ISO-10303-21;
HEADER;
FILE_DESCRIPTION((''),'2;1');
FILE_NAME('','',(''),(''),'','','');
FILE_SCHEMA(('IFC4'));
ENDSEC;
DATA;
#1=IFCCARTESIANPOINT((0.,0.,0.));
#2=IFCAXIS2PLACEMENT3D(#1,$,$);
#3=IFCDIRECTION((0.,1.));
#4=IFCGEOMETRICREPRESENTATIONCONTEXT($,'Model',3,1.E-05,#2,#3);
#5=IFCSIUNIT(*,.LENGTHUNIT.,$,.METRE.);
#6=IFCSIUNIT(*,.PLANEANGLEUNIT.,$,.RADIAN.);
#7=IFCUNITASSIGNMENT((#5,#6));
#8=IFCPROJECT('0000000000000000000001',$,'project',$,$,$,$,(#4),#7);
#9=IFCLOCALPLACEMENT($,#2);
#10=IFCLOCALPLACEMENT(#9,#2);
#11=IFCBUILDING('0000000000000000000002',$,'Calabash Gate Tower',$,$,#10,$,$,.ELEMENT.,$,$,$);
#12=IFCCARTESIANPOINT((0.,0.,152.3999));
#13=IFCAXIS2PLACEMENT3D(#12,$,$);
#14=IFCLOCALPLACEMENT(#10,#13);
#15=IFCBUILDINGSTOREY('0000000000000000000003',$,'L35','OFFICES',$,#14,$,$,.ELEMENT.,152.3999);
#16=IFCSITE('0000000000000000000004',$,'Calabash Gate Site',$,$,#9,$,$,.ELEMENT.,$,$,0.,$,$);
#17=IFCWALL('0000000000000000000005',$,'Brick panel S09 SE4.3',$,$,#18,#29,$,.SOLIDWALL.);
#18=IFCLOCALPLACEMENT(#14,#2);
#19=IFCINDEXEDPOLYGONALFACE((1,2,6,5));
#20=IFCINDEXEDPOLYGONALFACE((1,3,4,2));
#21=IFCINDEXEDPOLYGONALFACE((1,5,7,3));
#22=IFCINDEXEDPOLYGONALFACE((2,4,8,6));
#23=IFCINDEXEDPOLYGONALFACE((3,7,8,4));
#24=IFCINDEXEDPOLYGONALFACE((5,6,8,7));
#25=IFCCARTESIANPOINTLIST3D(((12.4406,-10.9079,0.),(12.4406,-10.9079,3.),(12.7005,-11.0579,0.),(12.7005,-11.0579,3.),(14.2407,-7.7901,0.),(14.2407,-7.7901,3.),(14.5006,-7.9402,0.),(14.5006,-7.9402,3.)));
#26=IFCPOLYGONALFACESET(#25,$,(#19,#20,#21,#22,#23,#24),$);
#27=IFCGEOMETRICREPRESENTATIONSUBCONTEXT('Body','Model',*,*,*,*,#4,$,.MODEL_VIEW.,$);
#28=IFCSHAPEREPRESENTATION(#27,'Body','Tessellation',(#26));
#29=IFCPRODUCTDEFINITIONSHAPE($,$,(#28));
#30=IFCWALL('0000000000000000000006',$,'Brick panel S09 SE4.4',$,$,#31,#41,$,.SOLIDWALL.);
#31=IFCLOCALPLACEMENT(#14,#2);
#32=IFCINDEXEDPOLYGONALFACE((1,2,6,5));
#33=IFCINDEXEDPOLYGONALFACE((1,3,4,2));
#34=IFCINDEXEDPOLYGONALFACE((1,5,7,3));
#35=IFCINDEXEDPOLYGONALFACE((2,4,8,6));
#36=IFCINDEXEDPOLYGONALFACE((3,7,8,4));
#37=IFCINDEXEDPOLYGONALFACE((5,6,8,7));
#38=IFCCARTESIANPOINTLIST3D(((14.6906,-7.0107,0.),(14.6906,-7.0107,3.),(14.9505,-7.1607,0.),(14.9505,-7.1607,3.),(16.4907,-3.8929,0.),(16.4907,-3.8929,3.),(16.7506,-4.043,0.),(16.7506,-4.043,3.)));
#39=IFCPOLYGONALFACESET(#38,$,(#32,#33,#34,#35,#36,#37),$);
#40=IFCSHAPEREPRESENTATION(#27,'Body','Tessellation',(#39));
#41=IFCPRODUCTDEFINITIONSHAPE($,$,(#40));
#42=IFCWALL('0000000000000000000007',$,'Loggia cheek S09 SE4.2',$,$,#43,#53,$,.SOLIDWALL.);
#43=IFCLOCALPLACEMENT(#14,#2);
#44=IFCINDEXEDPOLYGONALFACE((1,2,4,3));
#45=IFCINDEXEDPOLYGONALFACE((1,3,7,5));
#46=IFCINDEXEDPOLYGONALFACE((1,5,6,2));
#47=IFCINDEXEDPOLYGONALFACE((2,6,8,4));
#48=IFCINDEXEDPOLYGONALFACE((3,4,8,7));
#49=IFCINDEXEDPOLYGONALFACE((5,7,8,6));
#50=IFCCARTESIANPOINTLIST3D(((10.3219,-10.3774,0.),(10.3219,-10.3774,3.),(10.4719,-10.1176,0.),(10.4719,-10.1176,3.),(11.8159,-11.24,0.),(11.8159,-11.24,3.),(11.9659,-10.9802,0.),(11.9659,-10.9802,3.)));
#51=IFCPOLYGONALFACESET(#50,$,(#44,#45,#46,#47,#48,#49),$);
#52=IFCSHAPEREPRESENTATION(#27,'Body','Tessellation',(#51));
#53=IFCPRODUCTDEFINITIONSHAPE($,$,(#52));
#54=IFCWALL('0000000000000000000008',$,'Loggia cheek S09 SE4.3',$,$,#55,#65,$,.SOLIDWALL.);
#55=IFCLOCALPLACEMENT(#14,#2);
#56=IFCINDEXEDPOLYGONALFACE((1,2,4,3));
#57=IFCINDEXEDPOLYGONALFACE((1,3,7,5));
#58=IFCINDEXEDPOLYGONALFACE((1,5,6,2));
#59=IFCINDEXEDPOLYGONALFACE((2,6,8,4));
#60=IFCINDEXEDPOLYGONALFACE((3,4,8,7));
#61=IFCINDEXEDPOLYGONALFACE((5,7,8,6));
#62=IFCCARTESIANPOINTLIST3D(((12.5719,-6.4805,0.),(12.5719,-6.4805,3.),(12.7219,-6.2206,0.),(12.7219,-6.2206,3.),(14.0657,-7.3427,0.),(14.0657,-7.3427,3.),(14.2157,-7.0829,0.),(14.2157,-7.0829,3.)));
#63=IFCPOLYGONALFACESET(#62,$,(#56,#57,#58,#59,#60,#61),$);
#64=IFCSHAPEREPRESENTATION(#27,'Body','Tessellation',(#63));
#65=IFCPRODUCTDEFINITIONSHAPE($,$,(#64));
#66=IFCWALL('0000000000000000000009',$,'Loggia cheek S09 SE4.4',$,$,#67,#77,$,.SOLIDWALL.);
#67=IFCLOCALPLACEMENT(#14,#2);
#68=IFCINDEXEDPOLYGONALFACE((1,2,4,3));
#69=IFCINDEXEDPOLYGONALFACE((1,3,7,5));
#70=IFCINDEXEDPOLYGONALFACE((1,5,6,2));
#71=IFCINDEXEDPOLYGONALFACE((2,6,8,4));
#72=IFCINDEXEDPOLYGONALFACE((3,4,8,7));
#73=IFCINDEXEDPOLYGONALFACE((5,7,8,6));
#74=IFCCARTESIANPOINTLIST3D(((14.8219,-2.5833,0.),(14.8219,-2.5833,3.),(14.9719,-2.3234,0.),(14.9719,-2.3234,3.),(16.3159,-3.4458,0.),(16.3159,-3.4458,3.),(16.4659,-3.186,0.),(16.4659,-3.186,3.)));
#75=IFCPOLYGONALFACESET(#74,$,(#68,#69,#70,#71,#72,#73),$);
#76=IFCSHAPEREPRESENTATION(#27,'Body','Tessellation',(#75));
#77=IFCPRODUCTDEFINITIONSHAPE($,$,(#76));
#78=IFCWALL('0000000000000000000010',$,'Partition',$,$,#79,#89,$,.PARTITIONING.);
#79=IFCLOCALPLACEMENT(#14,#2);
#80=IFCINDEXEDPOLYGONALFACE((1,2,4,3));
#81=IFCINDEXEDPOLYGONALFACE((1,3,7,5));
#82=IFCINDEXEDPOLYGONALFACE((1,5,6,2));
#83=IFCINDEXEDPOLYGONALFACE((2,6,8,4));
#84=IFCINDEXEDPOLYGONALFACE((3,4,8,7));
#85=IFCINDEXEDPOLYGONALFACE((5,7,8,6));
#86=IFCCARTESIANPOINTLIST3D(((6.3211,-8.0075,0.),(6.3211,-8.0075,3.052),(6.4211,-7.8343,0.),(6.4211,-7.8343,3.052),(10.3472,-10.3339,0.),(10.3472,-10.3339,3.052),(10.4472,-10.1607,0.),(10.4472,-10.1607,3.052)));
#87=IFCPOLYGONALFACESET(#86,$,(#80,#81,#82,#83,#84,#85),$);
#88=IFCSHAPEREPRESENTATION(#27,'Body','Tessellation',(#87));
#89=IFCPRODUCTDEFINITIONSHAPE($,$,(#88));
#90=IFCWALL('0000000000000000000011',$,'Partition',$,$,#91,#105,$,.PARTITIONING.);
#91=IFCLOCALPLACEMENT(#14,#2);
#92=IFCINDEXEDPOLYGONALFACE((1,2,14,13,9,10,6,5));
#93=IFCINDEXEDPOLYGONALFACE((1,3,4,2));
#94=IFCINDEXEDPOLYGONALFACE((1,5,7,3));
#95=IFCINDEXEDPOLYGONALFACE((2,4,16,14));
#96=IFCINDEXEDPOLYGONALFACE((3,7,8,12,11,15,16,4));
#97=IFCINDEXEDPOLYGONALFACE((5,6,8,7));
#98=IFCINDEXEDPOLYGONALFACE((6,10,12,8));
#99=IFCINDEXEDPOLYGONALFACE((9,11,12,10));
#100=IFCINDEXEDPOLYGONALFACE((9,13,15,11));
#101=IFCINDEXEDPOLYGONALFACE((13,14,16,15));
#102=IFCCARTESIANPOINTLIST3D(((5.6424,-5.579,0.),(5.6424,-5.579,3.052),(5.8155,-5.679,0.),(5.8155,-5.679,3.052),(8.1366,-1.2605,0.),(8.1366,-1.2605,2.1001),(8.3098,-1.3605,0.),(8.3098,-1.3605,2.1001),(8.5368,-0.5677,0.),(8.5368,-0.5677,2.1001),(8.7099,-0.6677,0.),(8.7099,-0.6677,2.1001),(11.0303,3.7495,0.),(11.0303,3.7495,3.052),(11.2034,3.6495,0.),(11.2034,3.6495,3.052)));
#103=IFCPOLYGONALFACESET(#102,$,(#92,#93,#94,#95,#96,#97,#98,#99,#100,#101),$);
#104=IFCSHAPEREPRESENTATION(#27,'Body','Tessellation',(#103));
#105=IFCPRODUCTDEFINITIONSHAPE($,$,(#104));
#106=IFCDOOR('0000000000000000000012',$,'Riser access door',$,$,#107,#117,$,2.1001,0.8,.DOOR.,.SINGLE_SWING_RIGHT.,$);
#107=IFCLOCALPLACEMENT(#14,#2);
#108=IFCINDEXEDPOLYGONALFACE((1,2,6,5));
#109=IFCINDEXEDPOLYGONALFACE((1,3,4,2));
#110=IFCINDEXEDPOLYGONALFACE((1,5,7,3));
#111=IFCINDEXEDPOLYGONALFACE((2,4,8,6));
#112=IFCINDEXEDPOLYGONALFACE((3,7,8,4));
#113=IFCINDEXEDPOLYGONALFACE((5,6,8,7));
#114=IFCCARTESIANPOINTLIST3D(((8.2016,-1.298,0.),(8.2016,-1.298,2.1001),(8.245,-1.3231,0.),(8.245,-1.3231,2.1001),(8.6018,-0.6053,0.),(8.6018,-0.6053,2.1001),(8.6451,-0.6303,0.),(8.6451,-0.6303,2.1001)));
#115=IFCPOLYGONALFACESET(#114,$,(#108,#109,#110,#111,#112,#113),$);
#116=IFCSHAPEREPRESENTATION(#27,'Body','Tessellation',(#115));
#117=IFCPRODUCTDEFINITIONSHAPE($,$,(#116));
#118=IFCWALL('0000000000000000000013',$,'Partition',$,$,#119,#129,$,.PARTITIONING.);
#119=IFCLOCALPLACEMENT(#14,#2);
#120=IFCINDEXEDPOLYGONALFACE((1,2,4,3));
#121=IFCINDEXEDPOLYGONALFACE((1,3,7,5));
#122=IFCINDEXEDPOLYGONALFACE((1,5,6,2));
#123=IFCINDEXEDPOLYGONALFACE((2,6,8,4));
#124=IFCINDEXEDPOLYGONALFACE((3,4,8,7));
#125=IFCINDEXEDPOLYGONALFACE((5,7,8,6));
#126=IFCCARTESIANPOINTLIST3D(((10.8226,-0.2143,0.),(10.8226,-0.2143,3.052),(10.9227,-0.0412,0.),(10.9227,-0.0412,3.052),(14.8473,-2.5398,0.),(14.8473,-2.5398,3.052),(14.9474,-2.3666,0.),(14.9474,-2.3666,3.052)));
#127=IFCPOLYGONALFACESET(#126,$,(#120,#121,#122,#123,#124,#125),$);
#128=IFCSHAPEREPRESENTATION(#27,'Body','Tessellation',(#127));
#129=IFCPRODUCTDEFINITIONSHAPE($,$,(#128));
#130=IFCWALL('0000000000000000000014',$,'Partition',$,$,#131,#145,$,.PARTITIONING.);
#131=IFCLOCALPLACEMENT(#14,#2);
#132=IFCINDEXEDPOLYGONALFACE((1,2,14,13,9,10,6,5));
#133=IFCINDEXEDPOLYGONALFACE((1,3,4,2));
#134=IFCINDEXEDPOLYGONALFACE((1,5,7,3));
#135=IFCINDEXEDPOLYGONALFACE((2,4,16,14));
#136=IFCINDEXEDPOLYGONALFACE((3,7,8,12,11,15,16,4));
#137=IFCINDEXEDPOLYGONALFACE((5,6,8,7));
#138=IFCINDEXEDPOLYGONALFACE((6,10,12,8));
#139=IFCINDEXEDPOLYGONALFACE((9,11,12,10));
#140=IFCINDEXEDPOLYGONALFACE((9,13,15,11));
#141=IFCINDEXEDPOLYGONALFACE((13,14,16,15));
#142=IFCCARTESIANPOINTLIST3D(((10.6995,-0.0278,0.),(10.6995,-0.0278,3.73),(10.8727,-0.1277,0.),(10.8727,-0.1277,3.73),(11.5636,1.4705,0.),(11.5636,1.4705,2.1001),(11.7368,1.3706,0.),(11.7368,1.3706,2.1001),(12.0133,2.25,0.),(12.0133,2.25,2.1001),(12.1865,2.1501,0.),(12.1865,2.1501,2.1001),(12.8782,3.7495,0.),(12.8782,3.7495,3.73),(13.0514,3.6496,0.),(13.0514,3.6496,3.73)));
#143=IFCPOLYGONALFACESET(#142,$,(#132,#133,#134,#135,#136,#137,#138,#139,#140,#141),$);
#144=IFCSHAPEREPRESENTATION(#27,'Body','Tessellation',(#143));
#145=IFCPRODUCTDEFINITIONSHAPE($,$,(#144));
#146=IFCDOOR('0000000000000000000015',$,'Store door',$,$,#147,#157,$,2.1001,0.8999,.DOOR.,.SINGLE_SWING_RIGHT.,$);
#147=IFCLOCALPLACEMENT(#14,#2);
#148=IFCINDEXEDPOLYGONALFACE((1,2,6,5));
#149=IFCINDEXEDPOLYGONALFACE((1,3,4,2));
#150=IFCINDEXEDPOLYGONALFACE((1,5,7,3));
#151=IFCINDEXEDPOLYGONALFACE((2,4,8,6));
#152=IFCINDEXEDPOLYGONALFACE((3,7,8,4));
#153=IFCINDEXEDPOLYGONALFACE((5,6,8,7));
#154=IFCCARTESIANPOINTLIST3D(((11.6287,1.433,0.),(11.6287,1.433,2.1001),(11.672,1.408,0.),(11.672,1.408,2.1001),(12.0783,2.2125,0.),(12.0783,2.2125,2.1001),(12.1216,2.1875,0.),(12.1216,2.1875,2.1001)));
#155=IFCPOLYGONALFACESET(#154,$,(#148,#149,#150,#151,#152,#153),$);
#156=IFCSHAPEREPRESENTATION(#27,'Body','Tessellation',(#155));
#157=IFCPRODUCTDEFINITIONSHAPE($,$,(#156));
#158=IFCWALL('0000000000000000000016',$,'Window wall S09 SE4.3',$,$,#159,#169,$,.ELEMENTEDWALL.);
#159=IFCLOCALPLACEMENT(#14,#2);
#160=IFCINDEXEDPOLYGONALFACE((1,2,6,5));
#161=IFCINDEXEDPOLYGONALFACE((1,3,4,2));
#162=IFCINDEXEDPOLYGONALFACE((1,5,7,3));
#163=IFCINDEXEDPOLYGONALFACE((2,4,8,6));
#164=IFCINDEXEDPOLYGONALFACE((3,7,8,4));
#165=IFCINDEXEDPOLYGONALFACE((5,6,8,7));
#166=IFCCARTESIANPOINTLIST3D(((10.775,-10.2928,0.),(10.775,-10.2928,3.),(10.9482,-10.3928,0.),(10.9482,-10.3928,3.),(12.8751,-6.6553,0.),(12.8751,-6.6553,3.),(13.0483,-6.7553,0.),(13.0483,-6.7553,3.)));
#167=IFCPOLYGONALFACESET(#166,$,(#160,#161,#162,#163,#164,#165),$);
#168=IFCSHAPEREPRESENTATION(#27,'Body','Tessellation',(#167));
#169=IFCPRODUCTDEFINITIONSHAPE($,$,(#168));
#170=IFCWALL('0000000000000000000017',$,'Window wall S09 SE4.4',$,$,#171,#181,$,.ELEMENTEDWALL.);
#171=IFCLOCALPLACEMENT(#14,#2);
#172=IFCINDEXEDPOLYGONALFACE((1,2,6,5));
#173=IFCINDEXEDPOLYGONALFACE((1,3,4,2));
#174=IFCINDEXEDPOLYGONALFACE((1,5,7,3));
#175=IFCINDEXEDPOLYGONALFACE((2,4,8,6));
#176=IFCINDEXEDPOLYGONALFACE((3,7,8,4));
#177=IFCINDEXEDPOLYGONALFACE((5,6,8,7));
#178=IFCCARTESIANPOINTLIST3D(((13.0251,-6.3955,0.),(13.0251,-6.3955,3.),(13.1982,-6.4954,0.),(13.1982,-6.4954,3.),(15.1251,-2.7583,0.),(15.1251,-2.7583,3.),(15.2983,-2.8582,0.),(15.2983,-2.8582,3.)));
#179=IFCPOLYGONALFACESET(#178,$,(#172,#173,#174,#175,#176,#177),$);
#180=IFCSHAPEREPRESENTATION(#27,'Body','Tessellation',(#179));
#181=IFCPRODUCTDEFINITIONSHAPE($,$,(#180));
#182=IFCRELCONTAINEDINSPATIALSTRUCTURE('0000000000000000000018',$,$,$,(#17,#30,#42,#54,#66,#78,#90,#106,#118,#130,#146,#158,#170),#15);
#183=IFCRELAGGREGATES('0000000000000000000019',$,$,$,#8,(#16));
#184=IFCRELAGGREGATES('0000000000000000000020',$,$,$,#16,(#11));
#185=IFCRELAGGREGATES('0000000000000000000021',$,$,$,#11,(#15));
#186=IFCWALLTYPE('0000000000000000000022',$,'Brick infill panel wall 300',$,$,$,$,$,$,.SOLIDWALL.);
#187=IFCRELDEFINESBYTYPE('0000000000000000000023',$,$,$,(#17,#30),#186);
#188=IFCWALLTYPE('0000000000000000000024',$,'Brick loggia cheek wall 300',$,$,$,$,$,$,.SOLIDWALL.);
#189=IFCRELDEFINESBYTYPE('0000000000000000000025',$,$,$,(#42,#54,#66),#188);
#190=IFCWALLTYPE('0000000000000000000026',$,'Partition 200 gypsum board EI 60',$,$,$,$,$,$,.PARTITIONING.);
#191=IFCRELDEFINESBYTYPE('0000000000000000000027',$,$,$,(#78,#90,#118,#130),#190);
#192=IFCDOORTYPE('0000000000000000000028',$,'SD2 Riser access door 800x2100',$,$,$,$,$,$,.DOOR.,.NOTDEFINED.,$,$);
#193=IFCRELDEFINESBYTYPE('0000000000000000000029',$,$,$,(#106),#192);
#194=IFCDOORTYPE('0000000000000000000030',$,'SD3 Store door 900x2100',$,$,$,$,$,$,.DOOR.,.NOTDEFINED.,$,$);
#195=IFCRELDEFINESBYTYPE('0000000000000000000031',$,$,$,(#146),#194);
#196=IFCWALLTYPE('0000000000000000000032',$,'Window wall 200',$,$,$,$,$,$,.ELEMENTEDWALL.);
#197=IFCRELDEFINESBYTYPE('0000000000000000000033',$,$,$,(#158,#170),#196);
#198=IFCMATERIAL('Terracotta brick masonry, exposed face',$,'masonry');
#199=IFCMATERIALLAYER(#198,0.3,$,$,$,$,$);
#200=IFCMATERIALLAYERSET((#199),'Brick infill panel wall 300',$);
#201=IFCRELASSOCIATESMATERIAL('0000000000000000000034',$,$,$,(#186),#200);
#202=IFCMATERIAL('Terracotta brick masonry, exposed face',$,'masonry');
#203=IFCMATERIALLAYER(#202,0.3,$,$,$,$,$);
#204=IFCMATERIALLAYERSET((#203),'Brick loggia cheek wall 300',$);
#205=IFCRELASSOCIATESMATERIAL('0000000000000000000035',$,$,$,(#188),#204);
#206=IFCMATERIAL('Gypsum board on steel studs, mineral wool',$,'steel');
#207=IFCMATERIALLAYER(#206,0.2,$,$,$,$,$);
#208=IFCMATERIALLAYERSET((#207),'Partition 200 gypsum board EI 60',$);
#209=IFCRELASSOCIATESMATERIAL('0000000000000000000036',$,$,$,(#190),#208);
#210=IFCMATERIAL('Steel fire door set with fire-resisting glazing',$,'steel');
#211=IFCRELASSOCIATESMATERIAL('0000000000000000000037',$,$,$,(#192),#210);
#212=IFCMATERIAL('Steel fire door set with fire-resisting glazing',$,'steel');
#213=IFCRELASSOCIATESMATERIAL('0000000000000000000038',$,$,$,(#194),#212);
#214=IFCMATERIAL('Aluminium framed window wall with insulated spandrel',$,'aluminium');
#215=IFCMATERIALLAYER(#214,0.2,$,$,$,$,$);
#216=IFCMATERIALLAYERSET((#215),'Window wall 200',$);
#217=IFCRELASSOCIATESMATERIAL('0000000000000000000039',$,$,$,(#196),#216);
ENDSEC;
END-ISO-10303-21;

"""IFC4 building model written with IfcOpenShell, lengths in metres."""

from ifc_helpers import new_model, si_unit, direction, frame, frame_2d, origin, place, context, subcontext, project, spatial, rectangle, extrude, material, layer, layer_set, type_object, element, fill, save


model = new_model("IFC4")

# Units and contexts
model_context = context("Model", 3, precision=1e-05, world=origin(), true_north=direction((0.0, 1.0)))
body_context = subcontext(model_context, "Body", "Model", "MODEL_VIEW")
ifc_project = project(units=[si_unit("LENGTHUNIT", "METRE"), si_unit("PLANEANGLEUNIT", "RADIAN")], contexts=[model_context])

# Site, building, storey
site_placement = place(None, origin())
site = spatial("IfcSite", under=ifc_project, at=site_placement, Name="Calabash Gate Site", CompositionType="ELEMENT", RefElevation=0.0)
building_placement = place(site_placement, origin())
building = spatial("IfcBuilding", under=site, at=building_placement, Name="Calabash Gate Tower", CompositionType="ELEMENT")
storey_placement = place(building_placement, frame((0.0, 0.0, 152.3999)))
storey = spatial("IfcBuildingStorey", under=building, at=storey_placement, Name="L35", Description="OFFICES", CompositionType="ELEMENT", Elevation=152.3999)

# Walls
ifc_material_1 = material(Name="Terracotta brick masonry, exposed face", Category="masonry")
ifc_layer_1 = layer(ifc_material_1, 0.3)
ifc_layer_set_1 = layer_set([ifc_layer_1], Name="Brick infill panel wall 300")
wall_type_1 = type_object("IfcWallType", Name="Brick infill panel wall 300", PredefinedType="SOLIDWALL", material=ifc_layer_set_1)
for number, where, z_axis, x_axis, name in (
    (1, (12.5706, -10.9829, 0.0), (0.0, 0.0, 1.0), (0.500012, 0.866018, 0.0), "Brick panel S09 SE4.3"),
    (2, (14.8206, -7.0857, 0.0), (0.0, 0.0, 1.0), (0.500012, 0.866018, 0.0), "Brick panel S09 SE4.4"),
):
    element("IfcWall", number, at=place(storey_placement, frame(where, z_axis=z_axis, x_axis=x_axis)), inside=storey, type_object=wall_type_1, Name=name, PredefinedType="SOLIDWALL", context=body_context, shape_type="SweptSolid", body=[
        extrude(rectangle(XDim=3.6001, YDim=0.3, at=frame_2d((1.8, 0.0))), origin(), (0.0, 0.0, 1.0), 3.0),
    ])
ifc_material_2 = material(Name="Terracotta brick masonry, exposed face", Category="masonry")
ifc_layer_2 = layer(ifc_material_2, 0.3)
ifc_layer_set_2 = layer_set([ifc_layer_2], Name="Brick loggia cheek wall 300")
wall_type_2 = type_object("IfcWallType", Name="Brick loggia cheek wall 300", PredefinedType="SOLIDWALL", material=ifc_layer_set_2)
wall_1_placement = place(storey_placement, frame((11.8909, -11.1101, 0.0), z_axis=(0.0, 0.0, 1.0), x_axis=(-0.866014, 0.500021, 0.0)))
element("IfcWall", 3, at=wall_1_placement, inside=storey, type_object=wall_type_2, Name="Loggia cheek S09 SE4.2", PredefinedType="SOLIDWALL", context=body_context, shape_type="SweptSolid", body=[
    extrude(rectangle(XDim=1.7251, YDim=0.3, at=frame_2d((0.8625, 0.0))), origin(), (0.0, 0.0, 1.0), 3.0),
])
wall_2_placement = place(storey_placement, frame((12.647, -6.3506, 0.0), z_axis=(0.0, 0.0, 1.0), x_axis=(0.866075, -0.499914, 0.0)))
element("IfcWall", 4, at=wall_2_placement, inside=storey, type_object=wall_type_2, Name="Loggia cheek S09 SE4.3", PredefinedType="SOLIDWALL", context=body_context, shape_type="SweptSolid", body=[
    extrude(rectangle(XDim=1.7249, YDim=0.3, at=frame_2d((0.8623, 0.0))), origin(), (0.0, 0.0, 1.0), 3.0),
])
wall_3_placement = place(storey_placement, frame((16.3909, -3.3159, 0.0), z_axis=(0.0, 0.0, 1.0), x_axis=(-0.866014, 0.500021, 0.0)))
element("IfcWall", 5, at=wall_3_placement, inside=storey, type_object=wall_type_2, Name="Loggia cheek S09 SE4.4", PredefinedType="SOLIDWALL", context=body_context, shape_type="SweptSolid", body=[
    extrude(rectangle(XDim=1.7251, YDim=0.3, at=frame_2d((0.8625, 0.0))), origin(), (0.0, 0.0, 1.0), 3.0),
])
ifc_material_3 = material(Name="Gypsum board on steel studs, mineral wool", Category="steel")
ifc_layer_3 = layer(ifc_material_3, 0.2)
ifc_layer_set_3 = layer_set([ifc_layer_3], Name="Partition 200 gypsum board EI 60")
wall_type_3 = type_object("IfcWallType", Name="Partition 200 gypsum board EI 60", PredefinedType="PARTITIONING", material=ifc_layer_set_3)
wall_4_placement = place(storey_placement, frame((6.3711, -7.9209, 0.0), z_axis=(0.0, 0.0, 1.0), x_axis=(0.865845, -0.500312, 0.0)))
element("IfcWall", 6, at=wall_4_placement, inside=storey, type_object=wall_type_3, Name="Partition", PredefinedType="PARTITIONING", context=body_context, shape_type="SweptSolid", body=[
    extrude(rectangle(XDim=4.6499, YDim=0.2, at=frame_2d((2.325, 0.0))), origin(), (0.0, 0.0, 1.0), 3.052),
])

# Wall, opening, door
wall_5_placement = place(storey_placement, frame((5.729, -5.6289, 0.0), z_axis=(0.0, 0.0, 1.0), x_axis=(0.500144, 0.865943, 0.0)))
wall_5 = element("IfcWall", 7, at=wall_5_placement, inside=storey, type_object=wall_type_3, Name="Partition", PredefinedType="PARTITIONING", context=body_context, shape_type="SweptSolid", body=[
    extrude(rectangle(XDim=10.7727, YDim=0.2, at=frame_2d((5.3862, 0.0))), origin(), (0.0, 0.0, 1.0), 3.052),
])
opening_1_placement = place(wall_5_placement, frame((4.9871, 0.0, 0.0)))
opening_1 = element("IfcOpeningElement", 8, at=opening_1_placement, cuts=wall_5, PredefinedType="OPENING", context=body_context, shape_type="SweptSolid", body=[
    extrude(rectangle(XDim=0.8, YDim=2.1001, at=frame_2d((0.3999, 1.05))), frame((0.0, 0.1099, 0.0), z_axis=(0.0, -1.0, 0.0), x_axis=(1.0, 0.0, 0.0)), (0.0, 0.0, 1.0), 0.22),
])
ifc_material_4 = material(Name="Steel fire door set with fire-resisting glazing", Category="steel")
door_type_1 = type_object("IfcDoorType", Name="SD2 Riser access door 800x2100", OperationType="NOTDEFINED", PredefinedType="DOOR", material=ifc_material_4)
door_1_placement = place(opening_1_placement, origin())
door_1 = element("IfcDoor", 9, at=door_1_placement, inside=storey, type_object=door_type_1, Name="Riser access door", OperationType="SINGLE_SWING_RIGHT", OverallHeight=2.1001, OverallWidth=0.8, PredefinedType="DOOR", context=body_context, shape_type="SweptSolid", body=[
    extrude(rectangle(XDim=0.8, YDim=2.1001, at=frame_2d((0.3999, 1.05))), frame((0.0, 0.0249, 0.0), z_axis=(0.0, -1.0, 0.0), x_axis=(1.0, 0.0, 0.0)), (0.0, 0.0, 1.0), 0.05),
])
fill(opening_1, door_1)

# Wall
wall_6_placement = place(storey_placement, frame((10.8726, -0.1277, 0.0), z_axis=(0.0, 0.0, 1.0), x_axis=(0.865857, -0.500291, 0.0)))
element("IfcWall", 10, at=wall_6_placement, inside=storey, type_object=wall_type_3, Name="Partition", PredefinedType="PARTITIONING", context=body_context, shape_type="SweptSolid", body=[
    extrude(rectangle(XDim=4.6482, YDim=0.2, at=frame_2d((2.3242, 0.0))), origin(), (0.0, 0.0, 1.0), 3.052),
])

# Wall, opening, door
wall_7_placement = place(storey_placement, frame((10.7861, -0.0776, 0.0), z_axis=(0.0, 0.0, 1.0), x_axis=(0.499632, 0.866238, 0.0)))
wall_7 = element("IfcWall", 11, at=wall_7_placement, inside=storey, type_object=wall_type_3, Name="Partition", PredefinedType="PARTITIONING", context=body_context, shape_type="SweptSolid", body=[
    extrude(rectangle(XDim=4.3606, YDim=0.2, at=frame_2d((2.1802, 0.0))), origin(), (0.0, 0.0, 1.0), 3.73),
])
opening_2_placement = place(wall_7_placement, frame((1.7295, 0.0, 0.0)))
opening_2 = element("IfcOpeningElement", 12, at=opening_2_placement, cuts=wall_7, PredefinedType="OPENING", context=body_context, shape_type="SweptSolid", body=[
    extrude(rectangle(XDim=0.8999, YDim=2.1001, at=frame_2d((0.45, 1.05))), frame((0.0, 0.1099, 0.0), z_axis=(0.0, -1.0, 0.0), x_axis=(1.0, 0.0, 0.0)), (0.0, 0.0, 1.0), 0.22),
])
ifc_material_5 = material(Name="Steel fire door set with fire-resisting glazing", Category="steel")
door_type_2 = type_object("IfcDoorType", Name="SD3 Store door 900x2100", OperationType="NOTDEFINED", PredefinedType="DOOR", material=ifc_material_5)
door_2_placement = place(opening_2_placement, origin())
door_2 = element("IfcDoor", 13, at=door_2_placement, inside=storey, type_object=door_type_2, Name="Store door", OperationType="SINGLE_SWING_RIGHT", OverallHeight=2.1001, OverallWidth=0.8999, PredefinedType="DOOR", context=body_context, shape_type="SweptSolid", body=[
    extrude(rectangle(XDim=0.8999, YDim=2.1001, at=frame_2d((0.45, 1.05))), frame((0.0, 0.0249, 0.0), z_axis=(0.0, -1.0, 0.0), x_axis=(1.0, 0.0, 0.0)), (0.0, 0.0, 1.0), 0.05),
])
fill(opening_2, door_2)

# Walls
ifc_material_6 = material(Name="Aluminium framed window wall with insulated spandrel", Category="aluminium")
ifc_layer_4 = layer(ifc_material_6, 0.2)
ifc_layer_set_4 = layer_set([ifc_layer_4], Name="Window wall 200")
wall_type_4 = type_object("IfcWallType", Name="Window wall 200", PredefinedType="ELEMENTEDWALL", material=ifc_layer_set_4)
wall_8_placement = place(storey_placement, frame((10.8616, -10.3428, 0.0), z_axis=(0.0, 0.0, 1.0), x_axis=(0.500003, 0.866024, 0.0)))
element("IfcWall", 14, at=wall_8_placement, inside=storey, type_object=wall_type_4, Name="Window wall S09 SE4.3", PredefinedType="ELEMENTEDWALL", context=body_context, shape_type="SweptSolid", body=[
    extrude(rectangle(XDim=4.2002, YDim=0.2, at=frame_2d((2.1001, 0.0))), origin(), (0.0, 0.0, 1.0), 3.0),
])
wall_9_placement = place(storey_placement, frame((13.1116, -6.4456, 0.0), z_axis=(0.0, 0.0, 1.0), x_axis=(0.500028, 0.866009, 0.0)))
element("IfcWall", 15, at=wall_9_placement, inside=storey, type_object=wall_type_4, Name="Window wall S09 SE4.4", PredefinedType="ELEMENTEDWALL", context=body_context, shape_type="SweptSolid", body=[
    extrude(rectangle(XDim=4.2, YDim=0.2, at=frame_2d((2.1001, 0.0))), origin(), (0.0, 0.0, 1.0), 3.0),
])

save(model, "model.ifc")
